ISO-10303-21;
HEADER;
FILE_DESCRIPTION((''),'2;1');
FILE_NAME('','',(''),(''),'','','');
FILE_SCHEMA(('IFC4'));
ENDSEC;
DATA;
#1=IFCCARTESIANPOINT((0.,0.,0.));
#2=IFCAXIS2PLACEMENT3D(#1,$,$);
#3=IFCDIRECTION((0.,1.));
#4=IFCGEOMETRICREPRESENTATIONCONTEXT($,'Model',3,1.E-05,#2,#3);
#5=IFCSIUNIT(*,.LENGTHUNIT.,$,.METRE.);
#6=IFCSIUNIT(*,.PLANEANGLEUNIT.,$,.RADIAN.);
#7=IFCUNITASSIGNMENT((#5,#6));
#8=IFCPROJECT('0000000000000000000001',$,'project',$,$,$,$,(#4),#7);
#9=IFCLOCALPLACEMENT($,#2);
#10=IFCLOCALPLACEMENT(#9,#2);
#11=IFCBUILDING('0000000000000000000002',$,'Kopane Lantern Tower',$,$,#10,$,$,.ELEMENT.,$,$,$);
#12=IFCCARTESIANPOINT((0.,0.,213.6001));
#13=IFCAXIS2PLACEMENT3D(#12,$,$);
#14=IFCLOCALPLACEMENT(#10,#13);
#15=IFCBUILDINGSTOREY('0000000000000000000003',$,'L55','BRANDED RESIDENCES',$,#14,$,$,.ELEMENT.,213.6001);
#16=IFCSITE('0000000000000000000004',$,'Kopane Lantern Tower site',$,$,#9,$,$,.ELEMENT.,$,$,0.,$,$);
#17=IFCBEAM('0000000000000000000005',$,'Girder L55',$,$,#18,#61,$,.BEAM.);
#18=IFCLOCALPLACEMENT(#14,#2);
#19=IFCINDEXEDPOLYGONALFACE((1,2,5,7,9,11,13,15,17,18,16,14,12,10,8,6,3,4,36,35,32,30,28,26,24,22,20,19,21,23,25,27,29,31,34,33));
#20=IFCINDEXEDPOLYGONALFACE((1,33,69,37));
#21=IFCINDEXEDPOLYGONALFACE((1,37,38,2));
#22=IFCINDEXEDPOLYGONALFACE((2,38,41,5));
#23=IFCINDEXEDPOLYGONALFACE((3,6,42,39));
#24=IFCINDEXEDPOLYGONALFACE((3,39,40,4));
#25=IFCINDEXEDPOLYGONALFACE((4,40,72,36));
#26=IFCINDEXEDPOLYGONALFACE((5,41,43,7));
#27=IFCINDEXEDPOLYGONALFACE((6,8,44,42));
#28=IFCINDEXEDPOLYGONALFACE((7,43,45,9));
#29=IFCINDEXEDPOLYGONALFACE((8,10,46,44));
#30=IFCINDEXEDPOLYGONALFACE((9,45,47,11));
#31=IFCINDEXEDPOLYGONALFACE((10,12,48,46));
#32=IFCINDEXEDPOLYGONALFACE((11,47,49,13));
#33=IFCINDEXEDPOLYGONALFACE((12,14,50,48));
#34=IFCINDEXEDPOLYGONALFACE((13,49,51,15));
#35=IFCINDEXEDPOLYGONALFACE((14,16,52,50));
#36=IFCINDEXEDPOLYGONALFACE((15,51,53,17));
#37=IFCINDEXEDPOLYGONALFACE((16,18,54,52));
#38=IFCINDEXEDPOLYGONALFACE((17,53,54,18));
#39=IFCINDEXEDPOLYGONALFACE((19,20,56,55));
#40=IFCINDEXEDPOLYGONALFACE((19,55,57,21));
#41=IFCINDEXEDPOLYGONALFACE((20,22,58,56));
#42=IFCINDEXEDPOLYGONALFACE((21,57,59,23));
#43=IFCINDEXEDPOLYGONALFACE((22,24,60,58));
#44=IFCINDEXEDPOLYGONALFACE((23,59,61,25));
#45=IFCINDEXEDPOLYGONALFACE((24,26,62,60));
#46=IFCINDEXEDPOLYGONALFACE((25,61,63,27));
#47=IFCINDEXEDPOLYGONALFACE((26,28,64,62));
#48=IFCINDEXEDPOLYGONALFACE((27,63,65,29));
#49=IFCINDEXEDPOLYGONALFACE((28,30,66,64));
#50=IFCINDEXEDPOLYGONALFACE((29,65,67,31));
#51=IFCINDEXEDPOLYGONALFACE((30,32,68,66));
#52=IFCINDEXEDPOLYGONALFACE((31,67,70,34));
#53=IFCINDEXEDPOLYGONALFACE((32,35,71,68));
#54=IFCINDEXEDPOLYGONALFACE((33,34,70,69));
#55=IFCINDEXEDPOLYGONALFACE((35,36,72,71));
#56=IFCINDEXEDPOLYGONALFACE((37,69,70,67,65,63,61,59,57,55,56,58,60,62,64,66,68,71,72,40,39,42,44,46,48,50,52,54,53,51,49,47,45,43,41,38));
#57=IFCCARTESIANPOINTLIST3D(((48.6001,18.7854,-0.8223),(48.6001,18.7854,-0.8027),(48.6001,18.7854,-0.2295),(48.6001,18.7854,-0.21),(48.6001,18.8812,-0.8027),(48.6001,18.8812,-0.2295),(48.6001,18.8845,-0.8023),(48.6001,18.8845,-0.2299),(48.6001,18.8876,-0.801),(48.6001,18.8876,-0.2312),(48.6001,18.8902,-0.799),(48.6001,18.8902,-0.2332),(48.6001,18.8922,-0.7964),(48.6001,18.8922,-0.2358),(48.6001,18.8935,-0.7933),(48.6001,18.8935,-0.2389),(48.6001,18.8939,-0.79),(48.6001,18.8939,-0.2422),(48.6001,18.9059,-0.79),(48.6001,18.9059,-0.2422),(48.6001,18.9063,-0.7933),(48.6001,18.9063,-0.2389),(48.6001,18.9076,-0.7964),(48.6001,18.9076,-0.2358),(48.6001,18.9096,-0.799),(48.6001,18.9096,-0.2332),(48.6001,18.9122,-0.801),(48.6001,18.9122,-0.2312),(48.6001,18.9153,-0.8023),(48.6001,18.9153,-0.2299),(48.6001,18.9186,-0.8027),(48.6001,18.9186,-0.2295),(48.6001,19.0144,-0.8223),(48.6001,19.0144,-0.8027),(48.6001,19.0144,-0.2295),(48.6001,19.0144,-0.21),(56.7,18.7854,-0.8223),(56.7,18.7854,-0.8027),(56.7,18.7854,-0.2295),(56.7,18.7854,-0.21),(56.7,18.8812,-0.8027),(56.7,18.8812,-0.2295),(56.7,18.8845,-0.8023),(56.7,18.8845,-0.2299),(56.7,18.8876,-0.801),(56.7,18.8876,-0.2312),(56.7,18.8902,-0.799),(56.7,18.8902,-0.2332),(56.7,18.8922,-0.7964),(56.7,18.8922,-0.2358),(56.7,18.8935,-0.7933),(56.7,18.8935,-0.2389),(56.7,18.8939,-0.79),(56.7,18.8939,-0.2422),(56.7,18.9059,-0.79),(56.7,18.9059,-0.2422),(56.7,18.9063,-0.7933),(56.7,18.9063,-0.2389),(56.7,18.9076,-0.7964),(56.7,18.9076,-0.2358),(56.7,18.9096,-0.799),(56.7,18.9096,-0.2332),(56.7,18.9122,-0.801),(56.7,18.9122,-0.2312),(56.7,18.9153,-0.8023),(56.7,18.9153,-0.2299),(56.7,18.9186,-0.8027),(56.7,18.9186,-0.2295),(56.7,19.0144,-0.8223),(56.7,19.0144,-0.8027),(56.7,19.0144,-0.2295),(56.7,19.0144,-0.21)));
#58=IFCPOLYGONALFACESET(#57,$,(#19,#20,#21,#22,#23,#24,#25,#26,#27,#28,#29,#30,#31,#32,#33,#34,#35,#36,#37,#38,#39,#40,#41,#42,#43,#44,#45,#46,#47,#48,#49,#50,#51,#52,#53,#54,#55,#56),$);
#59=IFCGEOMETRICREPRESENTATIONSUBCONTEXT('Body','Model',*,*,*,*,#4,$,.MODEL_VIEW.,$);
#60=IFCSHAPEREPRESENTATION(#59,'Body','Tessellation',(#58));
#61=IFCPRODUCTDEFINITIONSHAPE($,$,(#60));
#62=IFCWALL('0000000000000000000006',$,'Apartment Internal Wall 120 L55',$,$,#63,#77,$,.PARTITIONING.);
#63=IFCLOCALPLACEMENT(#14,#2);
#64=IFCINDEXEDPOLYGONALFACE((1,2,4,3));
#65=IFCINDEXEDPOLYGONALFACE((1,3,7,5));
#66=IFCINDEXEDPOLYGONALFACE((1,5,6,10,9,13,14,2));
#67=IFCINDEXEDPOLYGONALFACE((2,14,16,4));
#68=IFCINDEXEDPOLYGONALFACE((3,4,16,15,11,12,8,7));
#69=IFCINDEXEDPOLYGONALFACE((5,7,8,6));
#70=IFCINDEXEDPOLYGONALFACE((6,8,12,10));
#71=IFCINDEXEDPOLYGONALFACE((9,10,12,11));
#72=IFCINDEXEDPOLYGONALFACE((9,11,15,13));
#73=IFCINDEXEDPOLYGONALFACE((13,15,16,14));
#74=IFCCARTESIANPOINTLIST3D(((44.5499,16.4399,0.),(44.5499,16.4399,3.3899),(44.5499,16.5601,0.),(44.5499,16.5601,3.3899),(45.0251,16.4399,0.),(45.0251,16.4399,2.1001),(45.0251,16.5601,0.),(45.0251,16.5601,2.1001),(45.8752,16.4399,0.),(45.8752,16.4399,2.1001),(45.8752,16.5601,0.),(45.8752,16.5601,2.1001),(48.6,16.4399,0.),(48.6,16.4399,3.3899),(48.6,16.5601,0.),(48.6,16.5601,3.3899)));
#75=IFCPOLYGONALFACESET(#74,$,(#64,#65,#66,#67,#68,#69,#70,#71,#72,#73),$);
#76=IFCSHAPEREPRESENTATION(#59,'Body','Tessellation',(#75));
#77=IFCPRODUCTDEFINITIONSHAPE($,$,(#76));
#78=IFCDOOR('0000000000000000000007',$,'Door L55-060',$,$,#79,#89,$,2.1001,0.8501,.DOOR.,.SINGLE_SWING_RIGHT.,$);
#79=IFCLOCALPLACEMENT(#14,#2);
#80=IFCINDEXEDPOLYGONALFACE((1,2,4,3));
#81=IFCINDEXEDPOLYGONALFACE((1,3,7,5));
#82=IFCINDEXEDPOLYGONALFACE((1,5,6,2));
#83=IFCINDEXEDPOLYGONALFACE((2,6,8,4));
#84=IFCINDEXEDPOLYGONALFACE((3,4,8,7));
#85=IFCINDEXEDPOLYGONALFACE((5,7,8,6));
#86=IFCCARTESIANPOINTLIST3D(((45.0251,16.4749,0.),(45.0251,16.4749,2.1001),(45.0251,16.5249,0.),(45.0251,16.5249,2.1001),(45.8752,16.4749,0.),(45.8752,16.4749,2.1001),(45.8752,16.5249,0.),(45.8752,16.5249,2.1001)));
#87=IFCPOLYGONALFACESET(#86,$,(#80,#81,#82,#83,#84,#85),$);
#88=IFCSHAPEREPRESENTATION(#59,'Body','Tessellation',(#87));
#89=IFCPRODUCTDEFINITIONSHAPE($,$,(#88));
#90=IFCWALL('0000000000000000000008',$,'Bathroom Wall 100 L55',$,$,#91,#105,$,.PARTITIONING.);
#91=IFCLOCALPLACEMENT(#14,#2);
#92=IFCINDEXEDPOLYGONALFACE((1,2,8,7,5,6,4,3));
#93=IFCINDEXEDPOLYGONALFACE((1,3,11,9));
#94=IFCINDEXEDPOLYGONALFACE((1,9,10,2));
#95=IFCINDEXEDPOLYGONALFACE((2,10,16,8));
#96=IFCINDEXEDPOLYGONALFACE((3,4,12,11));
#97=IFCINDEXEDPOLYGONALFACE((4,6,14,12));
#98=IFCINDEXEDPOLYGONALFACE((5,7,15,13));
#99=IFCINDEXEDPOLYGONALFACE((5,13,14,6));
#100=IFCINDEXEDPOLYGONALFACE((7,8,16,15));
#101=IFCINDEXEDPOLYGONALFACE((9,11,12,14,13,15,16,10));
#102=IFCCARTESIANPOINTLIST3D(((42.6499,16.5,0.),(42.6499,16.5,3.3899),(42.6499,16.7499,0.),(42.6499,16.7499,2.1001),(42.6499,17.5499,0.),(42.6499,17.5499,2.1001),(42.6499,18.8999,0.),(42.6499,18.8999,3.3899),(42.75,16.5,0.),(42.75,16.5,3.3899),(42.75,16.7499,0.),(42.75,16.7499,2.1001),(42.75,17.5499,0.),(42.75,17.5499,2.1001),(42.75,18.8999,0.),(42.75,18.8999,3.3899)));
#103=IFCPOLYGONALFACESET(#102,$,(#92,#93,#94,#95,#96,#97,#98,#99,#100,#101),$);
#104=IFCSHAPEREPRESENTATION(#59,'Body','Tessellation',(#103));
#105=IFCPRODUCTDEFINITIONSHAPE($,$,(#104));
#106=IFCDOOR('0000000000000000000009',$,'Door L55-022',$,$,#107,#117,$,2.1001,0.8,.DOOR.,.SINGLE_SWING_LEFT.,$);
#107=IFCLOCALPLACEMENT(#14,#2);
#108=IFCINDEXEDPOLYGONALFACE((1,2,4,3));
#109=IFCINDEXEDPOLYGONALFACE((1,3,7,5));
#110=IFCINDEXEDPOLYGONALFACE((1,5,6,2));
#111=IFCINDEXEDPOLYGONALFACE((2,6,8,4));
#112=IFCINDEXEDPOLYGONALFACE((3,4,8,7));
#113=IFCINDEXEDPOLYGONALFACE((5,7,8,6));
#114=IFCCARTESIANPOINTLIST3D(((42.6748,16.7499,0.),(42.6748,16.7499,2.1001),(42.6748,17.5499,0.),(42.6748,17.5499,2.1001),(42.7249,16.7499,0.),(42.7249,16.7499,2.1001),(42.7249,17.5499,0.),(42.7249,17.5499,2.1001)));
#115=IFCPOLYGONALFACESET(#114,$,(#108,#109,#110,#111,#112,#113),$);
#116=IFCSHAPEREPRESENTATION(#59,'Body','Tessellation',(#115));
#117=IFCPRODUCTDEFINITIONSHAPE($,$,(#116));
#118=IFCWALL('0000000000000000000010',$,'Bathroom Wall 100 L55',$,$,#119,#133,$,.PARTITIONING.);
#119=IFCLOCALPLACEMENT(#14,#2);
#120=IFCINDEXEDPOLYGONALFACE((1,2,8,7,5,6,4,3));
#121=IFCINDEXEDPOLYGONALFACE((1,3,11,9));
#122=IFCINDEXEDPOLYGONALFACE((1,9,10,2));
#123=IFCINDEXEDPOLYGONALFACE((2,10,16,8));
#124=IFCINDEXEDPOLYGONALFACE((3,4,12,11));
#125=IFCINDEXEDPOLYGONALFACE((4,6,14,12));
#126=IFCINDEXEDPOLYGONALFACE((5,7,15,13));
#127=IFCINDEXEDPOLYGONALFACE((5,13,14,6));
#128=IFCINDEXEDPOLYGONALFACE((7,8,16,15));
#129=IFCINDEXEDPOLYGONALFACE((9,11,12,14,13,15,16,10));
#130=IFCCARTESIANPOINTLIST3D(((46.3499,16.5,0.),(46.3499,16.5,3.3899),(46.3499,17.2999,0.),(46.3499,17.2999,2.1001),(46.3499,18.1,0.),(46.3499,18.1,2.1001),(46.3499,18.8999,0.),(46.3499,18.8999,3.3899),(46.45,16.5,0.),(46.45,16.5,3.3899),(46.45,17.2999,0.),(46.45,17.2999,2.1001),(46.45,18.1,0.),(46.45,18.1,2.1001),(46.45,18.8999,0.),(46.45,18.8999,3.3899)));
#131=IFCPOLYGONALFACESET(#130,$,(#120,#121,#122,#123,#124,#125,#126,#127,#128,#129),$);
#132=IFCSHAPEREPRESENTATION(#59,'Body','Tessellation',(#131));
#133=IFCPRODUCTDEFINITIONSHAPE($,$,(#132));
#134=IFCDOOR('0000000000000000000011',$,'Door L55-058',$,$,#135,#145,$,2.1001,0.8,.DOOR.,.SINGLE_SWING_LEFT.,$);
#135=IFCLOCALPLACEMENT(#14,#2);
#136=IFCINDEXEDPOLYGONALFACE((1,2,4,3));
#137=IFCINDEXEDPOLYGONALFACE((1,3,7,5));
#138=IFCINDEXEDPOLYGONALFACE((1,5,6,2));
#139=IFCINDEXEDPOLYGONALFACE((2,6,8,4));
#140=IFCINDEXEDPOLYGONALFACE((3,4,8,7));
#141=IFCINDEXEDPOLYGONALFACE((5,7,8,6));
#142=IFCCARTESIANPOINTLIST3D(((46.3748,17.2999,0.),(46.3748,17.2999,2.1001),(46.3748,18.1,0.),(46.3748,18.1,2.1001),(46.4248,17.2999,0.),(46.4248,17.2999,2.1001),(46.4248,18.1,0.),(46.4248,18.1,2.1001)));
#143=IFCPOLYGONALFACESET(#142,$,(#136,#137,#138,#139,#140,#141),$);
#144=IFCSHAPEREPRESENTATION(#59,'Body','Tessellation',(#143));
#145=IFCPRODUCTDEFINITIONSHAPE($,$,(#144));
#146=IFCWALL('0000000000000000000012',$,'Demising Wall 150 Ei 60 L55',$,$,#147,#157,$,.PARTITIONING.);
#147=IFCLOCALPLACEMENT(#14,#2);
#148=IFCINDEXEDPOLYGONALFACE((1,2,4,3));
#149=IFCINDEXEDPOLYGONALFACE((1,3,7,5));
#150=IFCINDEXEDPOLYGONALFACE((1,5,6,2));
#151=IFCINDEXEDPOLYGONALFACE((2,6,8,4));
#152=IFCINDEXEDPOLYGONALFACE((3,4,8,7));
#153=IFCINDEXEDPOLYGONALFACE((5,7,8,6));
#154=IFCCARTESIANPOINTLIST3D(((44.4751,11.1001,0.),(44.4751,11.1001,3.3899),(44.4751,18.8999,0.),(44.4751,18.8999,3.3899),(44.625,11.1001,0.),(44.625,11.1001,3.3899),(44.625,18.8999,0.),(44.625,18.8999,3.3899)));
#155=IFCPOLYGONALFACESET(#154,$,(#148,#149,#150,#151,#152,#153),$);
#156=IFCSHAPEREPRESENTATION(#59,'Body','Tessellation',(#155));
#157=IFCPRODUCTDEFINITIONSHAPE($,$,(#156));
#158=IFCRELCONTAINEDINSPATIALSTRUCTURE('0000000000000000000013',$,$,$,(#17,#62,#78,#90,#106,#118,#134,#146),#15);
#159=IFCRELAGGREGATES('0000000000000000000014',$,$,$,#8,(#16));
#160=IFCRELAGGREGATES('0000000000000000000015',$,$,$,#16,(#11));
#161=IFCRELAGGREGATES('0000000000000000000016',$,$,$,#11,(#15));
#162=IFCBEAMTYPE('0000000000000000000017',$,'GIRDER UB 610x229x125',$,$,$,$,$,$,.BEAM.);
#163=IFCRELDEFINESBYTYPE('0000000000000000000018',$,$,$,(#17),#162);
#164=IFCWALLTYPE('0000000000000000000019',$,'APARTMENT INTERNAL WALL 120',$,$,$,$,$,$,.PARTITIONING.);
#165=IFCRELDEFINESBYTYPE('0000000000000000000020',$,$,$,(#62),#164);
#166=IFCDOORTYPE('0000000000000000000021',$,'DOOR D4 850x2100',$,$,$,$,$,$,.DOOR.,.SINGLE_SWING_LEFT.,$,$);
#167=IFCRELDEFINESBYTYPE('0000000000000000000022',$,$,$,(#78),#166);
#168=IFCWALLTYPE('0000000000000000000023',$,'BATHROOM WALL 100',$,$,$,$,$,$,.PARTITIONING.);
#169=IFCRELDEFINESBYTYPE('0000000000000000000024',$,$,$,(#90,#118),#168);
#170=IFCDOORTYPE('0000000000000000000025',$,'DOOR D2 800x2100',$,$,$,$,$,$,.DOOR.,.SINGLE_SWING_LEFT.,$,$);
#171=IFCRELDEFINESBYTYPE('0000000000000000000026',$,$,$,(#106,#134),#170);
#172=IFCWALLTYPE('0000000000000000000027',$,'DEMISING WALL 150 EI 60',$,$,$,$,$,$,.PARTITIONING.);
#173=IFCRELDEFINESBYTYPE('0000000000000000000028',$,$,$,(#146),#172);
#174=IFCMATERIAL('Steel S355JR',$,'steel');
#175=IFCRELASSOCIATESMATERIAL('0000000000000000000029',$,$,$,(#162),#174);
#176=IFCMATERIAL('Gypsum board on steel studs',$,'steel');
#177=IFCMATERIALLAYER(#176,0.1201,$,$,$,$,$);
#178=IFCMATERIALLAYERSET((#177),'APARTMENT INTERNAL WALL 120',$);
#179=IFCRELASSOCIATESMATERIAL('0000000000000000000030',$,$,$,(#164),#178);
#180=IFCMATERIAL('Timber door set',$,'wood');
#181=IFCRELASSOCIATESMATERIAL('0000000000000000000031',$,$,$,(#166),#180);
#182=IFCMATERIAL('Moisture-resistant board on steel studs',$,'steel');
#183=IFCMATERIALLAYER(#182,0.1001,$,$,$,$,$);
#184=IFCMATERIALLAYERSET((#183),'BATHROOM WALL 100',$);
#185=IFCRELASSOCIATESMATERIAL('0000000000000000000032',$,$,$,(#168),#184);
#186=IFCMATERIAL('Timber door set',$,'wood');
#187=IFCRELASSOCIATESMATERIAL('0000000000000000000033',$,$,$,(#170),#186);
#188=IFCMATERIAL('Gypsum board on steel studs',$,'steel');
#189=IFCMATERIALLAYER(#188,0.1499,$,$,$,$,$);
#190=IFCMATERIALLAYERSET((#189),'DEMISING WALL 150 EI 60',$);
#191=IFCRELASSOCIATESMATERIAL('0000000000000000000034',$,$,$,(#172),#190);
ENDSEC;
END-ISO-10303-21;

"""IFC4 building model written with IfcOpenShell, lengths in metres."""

from ifc_helpers import new_model, si_unit, direction, frame, frame_2d, origin, origin_2d, place, context, subcontext, project, spatial, rectangle, i_section, extrude, material, layer, layer_set, material_profile, profile_set, type_object, element, fill, save


model = new_model("IFC4")

# Units and contexts
model_context = context("Model", 3, precision=1e-05, world=origin(), true_north=direction((0.0, 1.0)))
body_context = subcontext(model_context, "Body", "Model", "MODEL_VIEW")
ifc_project = project(units=[si_unit("LENGTHUNIT", "METRE"), si_unit("PLANEANGLEUNIT", "RADIAN")], contexts=[model_context])

# Site, building, storey
site_placement = place(None, origin())
site = spatial("IfcSite", under=ifc_project, at=site_placement, Name="Kopane Lantern Tower site", CompositionType="ELEMENT", RefElevation=0.0)
building_placement = place(site_placement, origin())
building = spatial("IfcBuilding", under=site, at=building_placement, Name="Kopane Lantern Tower", CompositionType="ELEMENT")
storey_placement = place(building_placement, frame((0.0, 0.0, 213.6001)))
storey = spatial("IfcBuildingStorey", under=building, at=storey_placement, Name="L55", Description="BRANDED RESIDENCES", CompositionType="ELEMENT", Elevation=213.6001)

# Beam
ifc_material_1 = material(Name="Steel S355JR", Category="steel")
ifc_material_profile_1 = material_profile(ifc_material_1, i_section(OverallWidth=0.229, OverallDepth=0.6123, WebThickness=0.012, FlangeThickness=0.0195, FilletRadius=0.0127, at=origin_2d()), Name="UB 610x229x125")
ifc_profile_set_1 = profile_set([ifc_material_profile_1], Name="Steel S355JR")
beam_type = type_object("IfcBeamType", Name="GIRDER UB 610x229x125", PredefinedType="BEAM", material=ifc_profile_set_1)
beam_1_placement = place(storey_placement, frame((48.6001, 18.8999, -0.5161), z_axis=(1.0, 0.0, 0.0), x_axis=(0.0, 1.0, 0.0)))
element("IfcBeam", 1, at=beam_1_placement, inside=storey, type_object=beam_type, Name="Girder L55", PredefinedType="BEAM", context=body_context, shape_type="SweptSolid", body=[
    extrude(i_section(OverallWidth=0.229, OverallDepth=0.6123, WebThickness=0.012, FlangeThickness=0.0195, FilletRadius=0.0127, at=origin_2d()), origin(), (0.0, 0.0, 1.0), 8.0999),
])

# Walls, openings, doors
ifc_material_2 = material(Name="Gypsum board on steel studs", Category="steel")
ifc_layer_1 = layer(ifc_material_2, 0.1201)
ifc_layer_set_1 = layer_set([ifc_layer_1], Name="APARTMENT INTERNAL WALL 120")
wall_type_1 = type_object("IfcWallType", Name="APARTMENT INTERNAL WALL 120", PredefinedType="PARTITIONING", material=ifc_layer_set_1)
wall_1_placement = place(storey_placement, frame((44.55, 16.5, 0.0), z_axis=(0.0, 0.0, 1.0), x_axis=(1.0, 0.0, 0.0)))
wall_1 = element("IfcWall", 2, at=wall_1_placement, inside=storey, type_object=wall_type_1, Name="Apartment Internal Wall 120 L55", PredefinedType="PARTITIONING", context=body_context, shape_type="SweptSolid", body=[
    extrude(rectangle(XDim=4.05, YDim=0.1201, at=frame_2d((2.0249, 0.0))), origin(), (0.0, 0.0, 1.0), 3.3899),
])
opening_1_placement = place(wall_1_placement, frame((0.4751, 0.0, 0.0)))
opening_1 = element("IfcOpeningElement", 3, at=opening_1_placement, cuts=wall_1, PredefinedType="OPENING", context=body_context, shape_type="SweptSolid", body=[
    extrude(rectangle(XDim=0.8501, YDim=2.1001, at=frame_2d((0.425, 1.05))), frame((0.0, 0.0701, 0.0), z_axis=(0.0, -1.0, 0.0), x_axis=(1.0, 0.0, 0.0)), (0.0, 0.0, 1.0), 0.1401),
])
ifc_material_3 = material(Name="Timber door set", Category="wood")
door_type_1 = type_object("IfcDoorType", Name="DOOR D4 850x2100", OperationType="SINGLE_SWING_LEFT", PredefinedType="DOOR", material=ifc_material_3)
door_1_placement = place(opening_1_placement, origin())
door_1 = element("IfcDoor", 4, at=door_1_placement, inside=storey, type_object=door_type_1, Name="Door L55-060", OperationType="SINGLE_SWING_RIGHT", OverallHeight=2.1001, OverallWidth=0.8501, PredefinedType="DOOR", context=body_context, shape_type="SweptSolid", body=[
    extrude(rectangle(XDim=0.8501, YDim=2.1001, at=frame_2d((0.425, 1.05))), frame((0.0, 0.0249, 0.0), z_axis=(0.0, -1.0, 0.0), x_axis=(1.0, 0.0, 0.0)), (0.0, 0.0, 1.0), 0.05),
])
fill(opening_1, door_1)
ifc_material_4 = material(Name="Moisture-resistant board on steel studs", Category="steel")
ifc_layer_2 = layer(ifc_material_4, 0.1001)
ifc_layer_set_2 = layer_set([ifc_layer_2], Name="BATHROOM WALL 100")
wall_type_2 = type_object("IfcWallType", Name="BATHROOM WALL 100", PredefinedType="PARTITIONING", material=ifc_layer_set_2)
wall_2_placement = place(storey_placement, frame((42.7, 18.8999, 0.0), z_axis=(0.0, 0.0, 1.0), x_axis=(0.0, -1.0, 0.0)))
wall_2 = element("IfcWall", 5, at=wall_2_placement, inside=storey, type_object=wall_type_2, Name="Bathroom Wall 100 L55", PredefinedType="PARTITIONING", context=body_context, shape_type="SweptSolid", body=[
    extrude(rectangle(XDim=2.3999, YDim=0.1001, at=frame_2d((1.2, 0.0))), origin(), (0.0, 0.0, 1.0), 3.3899),
])
opening_2_placement = place(wall_2_placement, frame((1.3501, 0.0, 0.0)))
opening_2 = element("IfcOpeningElement", 6, at=opening_2_placement, cuts=wall_2, PredefinedType="OPENING", context=body_context, shape_type="SweptSolid", body=[
    extrude(rectangle(XDim=0.8, YDim=2.1001, at=frame_2d((0.3999, 1.05))), frame((0.0, 0.0601, 0.0), z_axis=(0.0, -1.0, 0.0), x_axis=(1.0, 0.0, 0.0)), (0.0, 0.0, 1.0), 0.1201),
])
ifc_material_5 = material(Name="Timber door set", Category="wood")
door_type_2 = type_object("IfcDoorType", Name="DOOR D2 800x2100", OperationType="SINGLE_SWING_LEFT", PredefinedType="DOOR", material=ifc_material_5)
door_2_placement = place(opening_2_placement, origin())
door_2 = element("IfcDoor", 7, at=door_2_placement, inside=storey, type_object=door_type_2, Name="Door L55-022", OperationType="SINGLE_SWING_LEFT", OverallHeight=2.1001, OverallWidth=0.8, PredefinedType="DOOR", context=body_context, shape_type="SweptSolid", body=[
    extrude(rectangle(XDim=0.8, YDim=2.1001, at=frame_2d((0.3999, 1.05))), frame((0.0, 0.0249, 0.0), z_axis=(0.0, -1.0, 0.0), x_axis=(1.0, 0.0, 0.0)), (0.0, 0.0, 1.0), 0.05),
])
fill(opening_2, door_2)
wall_3_placement = place(storey_placement, frame((46.3999, 18.8999, 0.0), z_axis=(0.0, 0.0, 1.0), x_axis=(0.0, -1.0, 0.0)))
wall_3 = element("IfcWall", 8, at=wall_3_placement, inside=storey, type_object=wall_type_2, Name="Bathroom Wall 100 L55", PredefinedType="PARTITIONING", context=body_context, shape_type="SweptSolid", body=[
    extrude(rectangle(XDim=2.3999, YDim=0.1001, at=frame_2d((1.2, 0.0))), origin(), (0.0, 0.0, 1.0), 3.3899),
])
opening_3_placement = place(wall_3_placement, frame((0.8, 0.0, 0.0)))
opening_3 = element("IfcOpeningElement", 9, at=opening_3_placement, cuts=wall_3, PredefinedType="OPENING", context=body_context, shape_type="SweptSolid", body=[
    extrude(rectangle(XDim=0.8, YDim=2.1001, at=frame_2d((0.3999, 1.05))), frame((0.0, 0.0601, 0.0), z_axis=(0.0, -1.0, 0.0), x_axis=(1.0, 0.0, 0.0)), (0.0, 0.0, 1.0), 0.1201),
])
door_3_placement = place(opening_3_placement, origin())
door_3 = element("IfcDoor", 10, at=door_3_placement, inside=storey, type_object=door_type_2, Name="Door L55-058", OperationType="SINGLE_SWING_LEFT", OverallHeight=2.1001, OverallWidth=0.8, PredefinedType="DOOR", context=body_context, shape_type="SweptSolid", body=[
    extrude(rectangle(XDim=0.8, YDim=2.1001, at=frame_2d((0.3999, 1.05))), frame((0.0, 0.0249, 0.0), z_axis=(0.0, -1.0, 0.0), x_axis=(1.0, 0.0, 0.0)), (0.0, 0.0, 1.0), 0.05),
])
fill(opening_3, door_3)

# Wall
ifc_material_6 = material(Name="Gypsum board on steel studs", Category="steel")
ifc_layer_3 = layer(ifc_material_6, 0.1499)
ifc_layer_set_3 = layer_set([ifc_layer_3], Name="DEMISING WALL 150 EI 60")
wall_type_3 = type_object("IfcWallType", Name="DEMISING WALL 150 EI 60", PredefinedType="PARTITIONING", material=ifc_layer_set_3)
wall_4_placement = place(storey_placement, frame((44.55, 18.8999, 0.0), z_axis=(0.0, 0.0, 1.0), x_axis=(0.0, -1.0, 0.0)))
element("IfcWall", 11, at=wall_4_placement, inside=storey, type_object=wall_type_3, Name="Demising Wall 150 Ei 60 L55", PredefinedType="PARTITIONING", context=body_context, shape_type="SweptSolid", body=[
    extrude(rectangle(XDim=7.7998, YDim=0.1499, at=frame_2d((3.8999, 0.0))), origin(), (0.0, 0.0, 1.0), 3.3899),
])

save(model, "model.ifc")
